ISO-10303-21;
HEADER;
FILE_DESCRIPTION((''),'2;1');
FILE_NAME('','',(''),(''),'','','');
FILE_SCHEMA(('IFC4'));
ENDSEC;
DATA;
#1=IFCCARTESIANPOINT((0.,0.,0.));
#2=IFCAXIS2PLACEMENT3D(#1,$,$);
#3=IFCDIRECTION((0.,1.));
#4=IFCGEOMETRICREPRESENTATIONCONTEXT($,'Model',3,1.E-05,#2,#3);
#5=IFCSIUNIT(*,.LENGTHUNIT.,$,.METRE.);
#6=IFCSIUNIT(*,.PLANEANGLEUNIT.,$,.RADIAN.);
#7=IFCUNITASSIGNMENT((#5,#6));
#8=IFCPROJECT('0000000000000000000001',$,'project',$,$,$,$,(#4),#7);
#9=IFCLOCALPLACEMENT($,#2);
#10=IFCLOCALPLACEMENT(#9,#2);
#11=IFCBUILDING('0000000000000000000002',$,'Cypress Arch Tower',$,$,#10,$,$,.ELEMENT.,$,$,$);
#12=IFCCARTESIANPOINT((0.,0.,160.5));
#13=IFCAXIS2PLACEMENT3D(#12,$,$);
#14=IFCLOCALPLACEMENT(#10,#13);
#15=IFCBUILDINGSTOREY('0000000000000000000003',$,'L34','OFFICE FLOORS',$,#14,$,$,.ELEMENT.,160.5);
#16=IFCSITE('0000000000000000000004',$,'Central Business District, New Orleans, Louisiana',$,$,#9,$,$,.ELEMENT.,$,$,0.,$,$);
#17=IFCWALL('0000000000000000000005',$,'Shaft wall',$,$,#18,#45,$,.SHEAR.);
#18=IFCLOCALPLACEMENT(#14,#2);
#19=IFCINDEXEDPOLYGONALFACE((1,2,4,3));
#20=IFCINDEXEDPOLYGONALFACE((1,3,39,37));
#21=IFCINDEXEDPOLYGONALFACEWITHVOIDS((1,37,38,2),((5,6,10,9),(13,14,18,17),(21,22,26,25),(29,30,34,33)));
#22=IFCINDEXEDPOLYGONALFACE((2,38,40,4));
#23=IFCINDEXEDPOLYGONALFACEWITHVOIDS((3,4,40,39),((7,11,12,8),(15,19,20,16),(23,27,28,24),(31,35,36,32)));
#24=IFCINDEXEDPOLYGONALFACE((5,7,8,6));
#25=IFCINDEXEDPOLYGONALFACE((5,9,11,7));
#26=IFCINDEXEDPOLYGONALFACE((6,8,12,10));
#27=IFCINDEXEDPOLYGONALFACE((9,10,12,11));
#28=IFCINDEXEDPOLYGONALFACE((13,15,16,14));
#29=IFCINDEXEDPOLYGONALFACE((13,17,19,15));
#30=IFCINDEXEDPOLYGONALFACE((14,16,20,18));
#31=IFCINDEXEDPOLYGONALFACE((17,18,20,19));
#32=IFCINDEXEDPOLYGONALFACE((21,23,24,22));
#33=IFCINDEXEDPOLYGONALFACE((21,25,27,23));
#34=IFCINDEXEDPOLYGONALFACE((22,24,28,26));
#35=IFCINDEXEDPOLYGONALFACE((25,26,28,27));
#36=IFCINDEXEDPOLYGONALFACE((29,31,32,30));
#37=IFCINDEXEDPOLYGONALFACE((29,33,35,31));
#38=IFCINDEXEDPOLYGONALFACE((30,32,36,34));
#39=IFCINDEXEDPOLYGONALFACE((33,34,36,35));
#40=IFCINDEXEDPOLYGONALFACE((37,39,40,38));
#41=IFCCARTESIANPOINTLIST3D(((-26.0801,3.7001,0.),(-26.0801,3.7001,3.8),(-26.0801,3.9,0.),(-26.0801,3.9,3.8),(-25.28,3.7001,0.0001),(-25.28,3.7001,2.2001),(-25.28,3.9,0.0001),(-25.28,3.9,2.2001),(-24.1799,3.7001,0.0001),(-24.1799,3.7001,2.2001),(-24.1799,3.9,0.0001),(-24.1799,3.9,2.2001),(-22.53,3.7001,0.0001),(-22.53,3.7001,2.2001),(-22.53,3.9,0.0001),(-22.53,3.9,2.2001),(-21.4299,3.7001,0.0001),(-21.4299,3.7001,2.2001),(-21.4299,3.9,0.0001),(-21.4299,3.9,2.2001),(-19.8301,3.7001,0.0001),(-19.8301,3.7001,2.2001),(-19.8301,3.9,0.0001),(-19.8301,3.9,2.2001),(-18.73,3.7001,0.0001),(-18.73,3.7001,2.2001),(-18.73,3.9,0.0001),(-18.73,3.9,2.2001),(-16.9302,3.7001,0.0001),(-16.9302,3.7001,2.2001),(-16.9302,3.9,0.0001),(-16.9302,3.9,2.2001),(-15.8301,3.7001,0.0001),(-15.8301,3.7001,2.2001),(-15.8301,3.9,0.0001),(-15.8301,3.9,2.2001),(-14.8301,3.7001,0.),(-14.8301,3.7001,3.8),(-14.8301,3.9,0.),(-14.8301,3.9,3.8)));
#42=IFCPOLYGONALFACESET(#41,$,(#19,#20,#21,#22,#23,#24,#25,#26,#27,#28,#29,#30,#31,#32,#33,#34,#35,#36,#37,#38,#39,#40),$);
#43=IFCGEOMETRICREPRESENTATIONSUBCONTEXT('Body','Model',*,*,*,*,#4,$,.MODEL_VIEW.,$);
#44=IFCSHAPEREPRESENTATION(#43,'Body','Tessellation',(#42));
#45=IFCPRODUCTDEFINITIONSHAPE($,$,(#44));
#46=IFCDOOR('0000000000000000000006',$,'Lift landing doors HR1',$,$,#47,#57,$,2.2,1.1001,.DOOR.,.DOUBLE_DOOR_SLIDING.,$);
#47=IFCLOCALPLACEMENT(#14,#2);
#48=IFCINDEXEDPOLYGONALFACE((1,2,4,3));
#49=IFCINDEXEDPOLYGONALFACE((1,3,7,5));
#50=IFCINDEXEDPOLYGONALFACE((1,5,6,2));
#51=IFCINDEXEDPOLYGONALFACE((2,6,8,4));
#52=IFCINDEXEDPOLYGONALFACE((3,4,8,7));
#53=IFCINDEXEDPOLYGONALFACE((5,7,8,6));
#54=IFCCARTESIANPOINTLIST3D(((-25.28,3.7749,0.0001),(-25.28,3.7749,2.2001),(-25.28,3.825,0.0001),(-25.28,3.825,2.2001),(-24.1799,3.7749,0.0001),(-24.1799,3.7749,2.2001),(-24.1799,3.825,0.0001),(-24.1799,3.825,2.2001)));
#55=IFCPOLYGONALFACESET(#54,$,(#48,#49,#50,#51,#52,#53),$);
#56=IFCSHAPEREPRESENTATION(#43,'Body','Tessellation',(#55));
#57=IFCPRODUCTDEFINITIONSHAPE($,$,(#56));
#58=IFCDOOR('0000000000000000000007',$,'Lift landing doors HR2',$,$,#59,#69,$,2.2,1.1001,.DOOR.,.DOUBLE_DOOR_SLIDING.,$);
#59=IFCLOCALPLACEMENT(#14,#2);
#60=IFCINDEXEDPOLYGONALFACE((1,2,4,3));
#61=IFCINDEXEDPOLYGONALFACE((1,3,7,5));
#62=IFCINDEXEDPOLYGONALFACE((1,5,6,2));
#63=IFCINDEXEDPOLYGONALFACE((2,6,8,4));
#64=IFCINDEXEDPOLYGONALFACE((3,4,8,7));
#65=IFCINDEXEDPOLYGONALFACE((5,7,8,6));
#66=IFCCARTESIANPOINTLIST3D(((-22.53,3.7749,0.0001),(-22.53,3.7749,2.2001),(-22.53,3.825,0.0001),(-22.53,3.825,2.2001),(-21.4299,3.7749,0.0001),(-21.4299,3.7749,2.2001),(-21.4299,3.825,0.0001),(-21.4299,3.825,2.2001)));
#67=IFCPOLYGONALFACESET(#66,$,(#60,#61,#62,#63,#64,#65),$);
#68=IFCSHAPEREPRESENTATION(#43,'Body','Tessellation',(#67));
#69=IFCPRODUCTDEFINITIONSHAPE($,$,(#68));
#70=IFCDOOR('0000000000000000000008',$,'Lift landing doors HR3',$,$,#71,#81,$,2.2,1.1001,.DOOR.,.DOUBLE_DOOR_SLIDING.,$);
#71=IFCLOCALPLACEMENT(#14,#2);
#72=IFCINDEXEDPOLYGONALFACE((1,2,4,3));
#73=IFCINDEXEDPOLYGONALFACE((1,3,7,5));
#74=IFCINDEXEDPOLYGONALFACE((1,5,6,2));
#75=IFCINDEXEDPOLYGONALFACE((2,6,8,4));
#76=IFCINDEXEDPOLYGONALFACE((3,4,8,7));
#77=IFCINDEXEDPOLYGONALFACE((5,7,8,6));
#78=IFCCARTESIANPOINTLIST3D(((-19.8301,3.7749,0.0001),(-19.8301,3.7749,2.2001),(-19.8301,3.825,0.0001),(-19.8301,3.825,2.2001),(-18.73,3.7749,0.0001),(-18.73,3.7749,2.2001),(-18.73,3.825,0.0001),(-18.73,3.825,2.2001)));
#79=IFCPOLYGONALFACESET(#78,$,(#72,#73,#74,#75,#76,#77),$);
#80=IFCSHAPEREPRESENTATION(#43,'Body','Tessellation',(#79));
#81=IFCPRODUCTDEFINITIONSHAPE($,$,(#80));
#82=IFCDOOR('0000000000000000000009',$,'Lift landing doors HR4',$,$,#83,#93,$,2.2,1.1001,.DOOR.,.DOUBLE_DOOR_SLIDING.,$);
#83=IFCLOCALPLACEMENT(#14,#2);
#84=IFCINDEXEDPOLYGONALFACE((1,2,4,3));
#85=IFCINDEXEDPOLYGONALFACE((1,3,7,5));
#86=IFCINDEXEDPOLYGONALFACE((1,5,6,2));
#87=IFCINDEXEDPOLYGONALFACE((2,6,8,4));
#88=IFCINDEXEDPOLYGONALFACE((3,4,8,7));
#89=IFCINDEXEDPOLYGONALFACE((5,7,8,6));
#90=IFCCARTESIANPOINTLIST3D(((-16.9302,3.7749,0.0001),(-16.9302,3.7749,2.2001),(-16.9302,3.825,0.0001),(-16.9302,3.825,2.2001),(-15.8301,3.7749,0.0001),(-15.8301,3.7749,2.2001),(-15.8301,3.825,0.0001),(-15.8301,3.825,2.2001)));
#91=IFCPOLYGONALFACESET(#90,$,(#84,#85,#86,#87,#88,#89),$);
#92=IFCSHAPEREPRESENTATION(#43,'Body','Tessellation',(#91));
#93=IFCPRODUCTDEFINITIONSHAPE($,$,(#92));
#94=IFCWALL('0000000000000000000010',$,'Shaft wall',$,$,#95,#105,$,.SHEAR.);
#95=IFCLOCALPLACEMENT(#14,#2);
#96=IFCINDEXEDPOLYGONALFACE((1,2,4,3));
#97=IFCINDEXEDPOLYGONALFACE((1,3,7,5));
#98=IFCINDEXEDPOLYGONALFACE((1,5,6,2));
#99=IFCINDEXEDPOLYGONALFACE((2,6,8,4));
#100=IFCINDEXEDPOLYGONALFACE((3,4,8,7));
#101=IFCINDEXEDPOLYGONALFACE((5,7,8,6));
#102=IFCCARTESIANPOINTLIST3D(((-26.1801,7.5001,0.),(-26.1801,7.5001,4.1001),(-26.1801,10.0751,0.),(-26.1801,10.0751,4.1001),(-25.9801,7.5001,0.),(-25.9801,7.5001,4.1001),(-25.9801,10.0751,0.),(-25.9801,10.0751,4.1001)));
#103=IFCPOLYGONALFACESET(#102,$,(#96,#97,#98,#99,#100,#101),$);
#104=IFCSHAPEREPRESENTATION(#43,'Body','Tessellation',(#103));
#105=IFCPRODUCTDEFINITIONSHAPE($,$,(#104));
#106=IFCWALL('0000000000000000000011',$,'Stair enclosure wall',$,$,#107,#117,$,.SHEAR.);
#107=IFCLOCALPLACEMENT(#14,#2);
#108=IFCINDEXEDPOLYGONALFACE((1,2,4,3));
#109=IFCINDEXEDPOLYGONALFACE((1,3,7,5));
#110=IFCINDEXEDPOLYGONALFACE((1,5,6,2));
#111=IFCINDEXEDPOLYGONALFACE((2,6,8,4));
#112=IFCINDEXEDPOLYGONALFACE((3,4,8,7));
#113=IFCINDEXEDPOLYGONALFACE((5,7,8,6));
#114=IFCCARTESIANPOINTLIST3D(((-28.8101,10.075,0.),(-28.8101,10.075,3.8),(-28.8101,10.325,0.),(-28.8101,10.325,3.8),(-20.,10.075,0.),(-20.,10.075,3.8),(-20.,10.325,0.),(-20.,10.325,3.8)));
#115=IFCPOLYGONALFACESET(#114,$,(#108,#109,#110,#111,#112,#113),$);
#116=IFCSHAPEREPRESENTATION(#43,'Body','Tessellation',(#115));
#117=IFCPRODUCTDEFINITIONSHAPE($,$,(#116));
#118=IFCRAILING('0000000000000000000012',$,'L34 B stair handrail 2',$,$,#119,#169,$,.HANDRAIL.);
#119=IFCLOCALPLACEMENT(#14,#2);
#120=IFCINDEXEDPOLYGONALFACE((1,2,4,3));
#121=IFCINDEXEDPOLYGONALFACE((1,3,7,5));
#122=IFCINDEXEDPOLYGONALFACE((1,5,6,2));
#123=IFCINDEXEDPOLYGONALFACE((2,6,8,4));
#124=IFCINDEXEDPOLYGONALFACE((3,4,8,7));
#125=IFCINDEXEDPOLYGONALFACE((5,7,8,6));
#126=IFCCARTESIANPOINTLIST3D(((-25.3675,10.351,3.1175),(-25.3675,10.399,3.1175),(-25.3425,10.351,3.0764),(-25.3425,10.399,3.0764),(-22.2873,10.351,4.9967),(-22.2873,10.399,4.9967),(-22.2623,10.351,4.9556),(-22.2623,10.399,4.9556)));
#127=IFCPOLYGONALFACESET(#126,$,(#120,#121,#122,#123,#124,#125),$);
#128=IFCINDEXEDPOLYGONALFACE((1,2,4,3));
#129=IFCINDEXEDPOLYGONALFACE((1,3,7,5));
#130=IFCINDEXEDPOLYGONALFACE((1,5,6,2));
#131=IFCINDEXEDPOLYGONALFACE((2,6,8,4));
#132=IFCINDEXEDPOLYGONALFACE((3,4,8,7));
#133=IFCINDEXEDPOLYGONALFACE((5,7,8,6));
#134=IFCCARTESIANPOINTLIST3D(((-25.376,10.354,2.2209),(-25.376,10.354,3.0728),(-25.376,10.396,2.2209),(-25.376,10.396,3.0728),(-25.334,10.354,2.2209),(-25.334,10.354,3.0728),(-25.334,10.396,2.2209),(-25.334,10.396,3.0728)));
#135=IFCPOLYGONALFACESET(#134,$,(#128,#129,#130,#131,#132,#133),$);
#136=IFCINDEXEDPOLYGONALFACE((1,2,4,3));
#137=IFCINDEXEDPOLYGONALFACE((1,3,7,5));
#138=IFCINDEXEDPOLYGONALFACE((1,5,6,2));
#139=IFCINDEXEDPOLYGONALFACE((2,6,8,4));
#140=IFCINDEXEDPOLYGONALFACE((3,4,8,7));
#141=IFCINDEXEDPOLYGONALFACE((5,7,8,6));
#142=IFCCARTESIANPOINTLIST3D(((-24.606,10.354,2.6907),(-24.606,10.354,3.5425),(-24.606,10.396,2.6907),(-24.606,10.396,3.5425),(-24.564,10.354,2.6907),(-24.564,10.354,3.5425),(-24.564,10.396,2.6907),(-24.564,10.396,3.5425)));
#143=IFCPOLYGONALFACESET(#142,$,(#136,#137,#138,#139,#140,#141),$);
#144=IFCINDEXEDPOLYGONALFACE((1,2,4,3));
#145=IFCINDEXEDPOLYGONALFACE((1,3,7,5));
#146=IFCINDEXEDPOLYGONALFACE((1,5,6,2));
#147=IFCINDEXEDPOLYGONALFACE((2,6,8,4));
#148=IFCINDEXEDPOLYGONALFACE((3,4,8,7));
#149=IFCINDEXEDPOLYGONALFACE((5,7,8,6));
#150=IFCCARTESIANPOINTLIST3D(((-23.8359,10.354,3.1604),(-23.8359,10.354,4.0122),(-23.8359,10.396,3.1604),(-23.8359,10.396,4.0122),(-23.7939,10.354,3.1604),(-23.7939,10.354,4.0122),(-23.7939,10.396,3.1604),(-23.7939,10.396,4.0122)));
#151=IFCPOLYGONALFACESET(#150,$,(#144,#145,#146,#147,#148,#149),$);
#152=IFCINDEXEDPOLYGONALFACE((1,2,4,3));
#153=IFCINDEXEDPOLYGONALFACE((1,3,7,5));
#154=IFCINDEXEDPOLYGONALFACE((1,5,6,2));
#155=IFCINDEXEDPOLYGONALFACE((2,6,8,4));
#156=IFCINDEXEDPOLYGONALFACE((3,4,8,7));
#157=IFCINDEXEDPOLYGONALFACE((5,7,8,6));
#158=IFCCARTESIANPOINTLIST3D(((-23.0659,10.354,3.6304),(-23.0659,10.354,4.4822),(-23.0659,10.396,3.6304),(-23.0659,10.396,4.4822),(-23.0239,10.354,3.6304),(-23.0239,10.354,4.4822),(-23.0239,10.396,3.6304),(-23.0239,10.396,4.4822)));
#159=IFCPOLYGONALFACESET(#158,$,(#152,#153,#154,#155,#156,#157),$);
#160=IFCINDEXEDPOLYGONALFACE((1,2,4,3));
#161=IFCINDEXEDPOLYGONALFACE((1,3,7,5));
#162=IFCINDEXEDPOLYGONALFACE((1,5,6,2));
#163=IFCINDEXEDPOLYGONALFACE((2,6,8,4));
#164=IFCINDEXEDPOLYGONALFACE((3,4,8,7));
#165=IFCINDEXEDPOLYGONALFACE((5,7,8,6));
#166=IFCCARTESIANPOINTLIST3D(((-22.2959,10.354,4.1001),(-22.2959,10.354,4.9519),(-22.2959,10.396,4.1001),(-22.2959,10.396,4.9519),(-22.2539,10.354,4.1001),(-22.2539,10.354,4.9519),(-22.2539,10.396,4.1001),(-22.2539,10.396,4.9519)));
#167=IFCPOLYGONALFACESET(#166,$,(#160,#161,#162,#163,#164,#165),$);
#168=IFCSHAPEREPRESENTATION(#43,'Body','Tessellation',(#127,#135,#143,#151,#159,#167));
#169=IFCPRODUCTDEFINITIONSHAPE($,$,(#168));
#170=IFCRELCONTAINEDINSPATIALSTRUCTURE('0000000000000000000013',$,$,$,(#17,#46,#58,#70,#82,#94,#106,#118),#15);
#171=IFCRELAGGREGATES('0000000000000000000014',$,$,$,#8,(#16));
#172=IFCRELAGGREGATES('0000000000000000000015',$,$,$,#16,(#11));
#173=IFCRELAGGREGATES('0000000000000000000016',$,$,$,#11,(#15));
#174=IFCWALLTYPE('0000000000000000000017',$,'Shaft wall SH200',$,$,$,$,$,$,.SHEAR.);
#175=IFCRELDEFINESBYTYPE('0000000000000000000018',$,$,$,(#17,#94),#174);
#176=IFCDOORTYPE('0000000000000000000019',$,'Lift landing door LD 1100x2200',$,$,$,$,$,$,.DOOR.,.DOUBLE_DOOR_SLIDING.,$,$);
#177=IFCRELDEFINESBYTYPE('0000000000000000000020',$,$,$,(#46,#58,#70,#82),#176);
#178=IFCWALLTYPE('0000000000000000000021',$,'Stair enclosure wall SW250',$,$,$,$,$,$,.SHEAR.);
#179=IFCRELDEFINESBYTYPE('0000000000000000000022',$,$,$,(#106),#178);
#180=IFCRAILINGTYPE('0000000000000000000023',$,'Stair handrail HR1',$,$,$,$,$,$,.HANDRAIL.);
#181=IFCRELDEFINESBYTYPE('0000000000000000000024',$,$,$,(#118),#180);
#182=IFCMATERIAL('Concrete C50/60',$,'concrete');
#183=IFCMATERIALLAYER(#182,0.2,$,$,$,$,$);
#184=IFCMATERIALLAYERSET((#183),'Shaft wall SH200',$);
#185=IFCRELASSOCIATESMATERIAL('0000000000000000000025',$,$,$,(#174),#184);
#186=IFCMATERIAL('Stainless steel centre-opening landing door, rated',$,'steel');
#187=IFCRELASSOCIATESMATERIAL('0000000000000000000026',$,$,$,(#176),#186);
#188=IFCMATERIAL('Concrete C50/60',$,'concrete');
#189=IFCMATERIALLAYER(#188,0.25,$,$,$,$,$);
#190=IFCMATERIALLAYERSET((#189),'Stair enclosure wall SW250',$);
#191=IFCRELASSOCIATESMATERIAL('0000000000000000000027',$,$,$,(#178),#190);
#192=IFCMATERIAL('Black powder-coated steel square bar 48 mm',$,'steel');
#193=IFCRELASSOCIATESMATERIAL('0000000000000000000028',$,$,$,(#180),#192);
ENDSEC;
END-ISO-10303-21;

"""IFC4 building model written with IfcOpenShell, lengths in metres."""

from ifc_helpers import new_model, si_unit, direction, frame, frame_2d, origin, origin_2d, place, context, subcontext, project, spatial, rectangle, extrude, material, layer, layer_set, type_object, element, fill, save


model = new_model("IFC4")

# Units and contexts
model_context = context("Model", 3, precision=1e-05, world=origin(), true_north=direction((0.0, 1.0)))
body_context = subcontext(model_context, "Body", "Model", "MODEL_VIEW")
ifc_project = project(units=[si_unit("LENGTHUNIT", "METRE"), si_unit("PLANEANGLEUNIT", "RADIAN")], contexts=[model_context])

# Site, building, storey
site_placement = place(None, origin())
site = spatial("IfcSite", under=ifc_project, at=site_placement, Name="Central Business District, New Orleans, Louisiana", CompositionType="ELEMENT", RefElevation=0.0)
building_placement = place(site_placement, origin())
building = spatial("IfcBuilding", under=site, at=building_placement, Name="Cypress Arch Tower", CompositionType="ELEMENT")
storey_placement = place(building_placement, frame((0.0, 0.0, 160.5)))
storey = spatial("IfcBuildingStorey", under=building, at=storey_placement, Name="L34", Description="OFFICE FLOORS", CompositionType="ELEMENT", Elevation=160.5)

# Shared definitions
ifc_material_1 = material(Name="Concrete C50/60", Category="concrete")
ifc_layer_1 = layer(ifc_material_1, 0.2)
ifc_layer_set_1 = layer_set([ifc_layer_1], Name="Shaft wall SH200")
wall_type_1 = type_object("IfcWallType", Name="Shaft wall SH200", PredefinedType="SHEAR", material=ifc_layer_set_1)
ifc_material_2 = material(Name="Stainless steel centre-opening landing door, rated", Category="steel")
door_type_1 = type_object("IfcDoorType", Name="Lift landing door LD 1100x2200", OperationType="DOUBLE_DOOR_SLIDING", PredefinedType="DOOR", material=ifc_material_2)

# Wall, openings, doors
wall_1_placement = place(storey_placement, frame((-26.0801, 3.8, 0.0), z_axis=(0.0, 0.0, 1.0), x_axis=(1.0, 0.0, 0.0)))
wall_1 = element("IfcWall", 1, at=wall_1_placement, inside=storey, type_object=wall_type_1, Name="Shaft wall", PredefinedType="SHEAR", context=body_context, shape_type="SweptSolid", body=[
    extrude(rectangle(XDim=11.25, YDim=0.2, at=frame_2d((5.625, 0.0))), origin(), (0.0, 0.0, 1.0), 3.8),
])
opening_1_placement = place(wall_1_placement, frame((0.8, 0.0, 0.0)))
opening_1 = element("IfcOpeningElement", 2, at=opening_1_placement, cuts=wall_1, PredefinedType="OPENING", context=body_context, shape_type="SweptSolid", body=[
    extrude(rectangle(XDim=1.1001, YDim=2.2, at=frame_2d((0.55, 1.1001))), frame((0.0, 0.1099, 0.0), z_axis=(0.0, -1.0, 0.0), x_axis=(1.0, 0.0, 0.0)), (0.0, 0.0, 1.0), 0.22),
])
opening_2_placement = place(wall_1_placement, frame((3.55, 0.0, 0.0)))
opening_2 = element("IfcOpeningElement", 3, at=opening_2_placement, cuts=wall_1, PredefinedType="OPENING", context=body_context, shape_type="SweptSolid", body=[
    extrude(rectangle(XDim=1.1001, YDim=2.2, at=frame_2d((0.55, 1.1001))), frame((0.0, 0.1099, 0.0), z_axis=(0.0, -1.0, 0.0), x_axis=(1.0, 0.0, 0.0)), (0.0, 0.0, 1.0), 0.22),
])
opening_3_placement = place(wall_1_placement, frame((6.25, 0.0, 0.0)))
opening_3 = element("IfcOpeningElement", 4, at=opening_3_placement, cuts=wall_1, PredefinedType="OPENING", context=body_context, shape_type="SweptSolid", body=[
    extrude(rectangle(XDim=1.1001, YDim=2.2, at=frame_2d((0.55, 1.1001))), frame((0.0, 0.1099, 0.0), z_axis=(0.0, -1.0, 0.0), x_axis=(1.0, 0.0, 0.0)), (0.0, 0.0, 1.0), 0.22),
])
opening_4_placement = place(wall_1_placement, frame((9.1499, 0.0, 0.0)))
opening_4 = element("IfcOpeningElement", 5, at=opening_4_placement, cuts=wall_1, PredefinedType="OPENING", context=body_context, shape_type="SweptSolid", body=[
    extrude(rectangle(XDim=1.1001, YDim=2.2, at=frame_2d((0.55, 1.1001))), frame((0.0, 0.1099, 0.0), z_axis=(0.0, -1.0, 0.0), x_axis=(1.0, 0.0, 0.0)), (0.0, 0.0, 1.0), 0.22),
])
door_1_placement = place(opening_1_placement, origin())
door_1 = element("IfcDoor", 6, at=door_1_placement, inside=storey, type_object=door_type_1, Name="Lift landing doors HR1", OperationType="DOUBLE_DOOR_SLIDING", OverallHeight=2.2, OverallWidth=1.1001, PredefinedType="DOOR", context=body_context, shape_type="SweptSolid", body=[
    extrude(rectangle(XDim=1.1001, YDim=2.2, at=frame_2d((0.55, 1.1001))), frame((0.0, 0.0249, 0.0), z_axis=(0.0, -1.0, 0.0), x_axis=(1.0, 0.0, 0.0)), (0.0, 0.0, 1.0), 0.05),
])
fill(opening_1, door_1)
door_2_placement = place(opening_2_placement, origin())
door_2 = element("IfcDoor", 7, at=door_2_placement, inside=storey, type_object=door_type_1, Name="Lift landing doors HR2", OperationType="DOUBLE_DOOR_SLIDING", OverallHeight=2.2, OverallWidth=1.1001, PredefinedType="DOOR", context=body_context, shape_type="SweptSolid", body=[
    extrude(rectangle(XDim=1.1001, YDim=2.2, at=frame_2d((0.55, 1.1001))), frame((0.0, 0.0249, 0.0), z_axis=(0.0, -1.0, 0.0), x_axis=(1.0, 0.0, 0.0)), (0.0, 0.0, 1.0), 0.05),
])
fill(opening_2, door_2)
door_3_placement = place(opening_3_placement, origin())
door_3 = element("IfcDoor", 8, at=door_3_placement, inside=storey, type_object=door_type_1, Name="Lift landing doors HR3", OperationType="DOUBLE_DOOR_SLIDING", OverallHeight=2.2, OverallWidth=1.1001, PredefinedType="DOOR", context=body_context, shape_type="SweptSolid", body=[
    extrude(rectangle(XDim=1.1001, YDim=2.2, at=frame_2d((0.55, 1.1001))), frame((0.0, 0.0249, 0.0), z_axis=(0.0, -1.0, 0.0), x_axis=(1.0, 0.0, 0.0)), (0.0, 0.0, 1.0), 0.05),
])
fill(opening_3, door_3)
door_4_placement = place(opening_4_placement, origin())
door_4 = element("IfcDoor", 9, at=door_4_placement, inside=storey, type_object=door_type_1, Name="Lift landing doors HR4", OperationType="DOUBLE_DOOR_SLIDING", OverallHeight=2.2, OverallWidth=1.1001, PredefinedType="DOOR", context=body_context, shape_type="SweptSolid", body=[
    extrude(rectangle(XDim=1.1001, YDim=2.2, at=frame_2d((0.55, 1.1001))), frame((0.0, 0.0249, 0.0), z_axis=(0.0, -1.0, 0.0), x_axis=(1.0, 0.0, 0.0)), (0.0, 0.0, 1.0), 0.05),
])
fill(opening_4, door_4)

# Walls
wall_2_placement = place(storey_placement, frame((-26.0801, 7.5, 0.0), z_axis=(0.0, 0.0, 1.0), x_axis=(0.0, 1.0, 0.0)))
element("IfcWall", 10, at=wall_2_placement, inside=storey, type_object=wall_type_1, Name="Shaft wall", PredefinedType="SHEAR", context=body_context, shape_type="SweptSolid", body=[
    extrude(rectangle(XDim=2.575, YDim=0.2, at=frame_2d((1.2876, 0.0))), origin(), (0.0, 0.0, 1.0), 4.1001),
])
ifc_material_3 = material(Name="Concrete C50/60", Category="concrete")
ifc_layer_2 = layer(ifc_material_3, 0.25)
ifc_layer_set_2 = layer_set([ifc_layer_2], Name="Stair enclosure wall SW250")
wall_type_2 = type_object("IfcWallType", Name="Stair enclosure wall SW250", PredefinedType="SHEAR", material=ifc_layer_set_2)
wall_3_placement = place(storey_placement, frame((-28.8101, 10.2, 0.0), z_axis=(0.0, 0.0, 1.0), x_axis=(1.0, 0.0, 0.0)))
element("IfcWall", 11, at=wall_3_placement, inside=storey, type_object=wall_type_2, Name="Stair enclosure wall", PredefinedType="SHEAR", context=body_context, shape_type="SweptSolid", body=[
    extrude(rectangle(XDim=8.8101, YDim=0.25, at=frame_2d((4.405, 0.0))), origin(), (0.0, 0.0, 1.0), 3.8),
])

# Railing
ifc_material_4 = material(Name="Black powder-coated steel square bar 48 mm", Category="steel")
railing_type_1 = type_object("IfcRailingType", Name="Stair handrail HR1", PredefinedType="HANDRAIL", material=ifc_material_4)
railing_1_placement = place(storey_placement, frame((-25.355, 10.375, 2.2209)))
element("IfcRailing", 12, at=railing_1_placement, inside=storey, type_object=railing_type_1, Name="L34 B stair handrail 2", PredefinedType="HANDRAIL", context=body_context, shape_type="SweptSolid", body=[
    extrude(rectangle(XDim=0.0481, YDim=0.0481, at=origin_2d()), frame((0.0, 0.0, 0.876), z_axis=(0.853666, 0.0, 0.52082), x_axis=(0.0, 1.0, 0.0)), (0.0, 0.0, 1.0), 3.6082),
    extrude(rectangle(XDim=0.042, YDim=0.042, at=origin_2d()), origin(), (0.0, 0.0, 1.0), 0.8518),
    extrude(rectangle(XDim=0.042, YDim=0.042, at=origin_2d()), frame((0.77, 0.0, 0.4697)), (0.0, 0.0, 1.0), 0.8518),
    extrude(rectangle(XDim=0.042, YDim=0.042, at=origin_2d()), frame((1.54, 0.0, 0.9395)), (0.0, 0.0, 1.0), 0.8518),
    extrude(rectangle(XDim=0.042, YDim=0.042, at=origin_2d()), frame((2.3101, 0.0, 1.4094)), (0.0, 0.0, 1.0), 0.8518),
    extrude(rectangle(XDim=0.042, YDim=0.042, at=origin_2d()), frame((3.0801, 0.0, 1.8792)), (0.0, 0.0, 1.0), 0.8518),
])

save(model, "model.ifc")
